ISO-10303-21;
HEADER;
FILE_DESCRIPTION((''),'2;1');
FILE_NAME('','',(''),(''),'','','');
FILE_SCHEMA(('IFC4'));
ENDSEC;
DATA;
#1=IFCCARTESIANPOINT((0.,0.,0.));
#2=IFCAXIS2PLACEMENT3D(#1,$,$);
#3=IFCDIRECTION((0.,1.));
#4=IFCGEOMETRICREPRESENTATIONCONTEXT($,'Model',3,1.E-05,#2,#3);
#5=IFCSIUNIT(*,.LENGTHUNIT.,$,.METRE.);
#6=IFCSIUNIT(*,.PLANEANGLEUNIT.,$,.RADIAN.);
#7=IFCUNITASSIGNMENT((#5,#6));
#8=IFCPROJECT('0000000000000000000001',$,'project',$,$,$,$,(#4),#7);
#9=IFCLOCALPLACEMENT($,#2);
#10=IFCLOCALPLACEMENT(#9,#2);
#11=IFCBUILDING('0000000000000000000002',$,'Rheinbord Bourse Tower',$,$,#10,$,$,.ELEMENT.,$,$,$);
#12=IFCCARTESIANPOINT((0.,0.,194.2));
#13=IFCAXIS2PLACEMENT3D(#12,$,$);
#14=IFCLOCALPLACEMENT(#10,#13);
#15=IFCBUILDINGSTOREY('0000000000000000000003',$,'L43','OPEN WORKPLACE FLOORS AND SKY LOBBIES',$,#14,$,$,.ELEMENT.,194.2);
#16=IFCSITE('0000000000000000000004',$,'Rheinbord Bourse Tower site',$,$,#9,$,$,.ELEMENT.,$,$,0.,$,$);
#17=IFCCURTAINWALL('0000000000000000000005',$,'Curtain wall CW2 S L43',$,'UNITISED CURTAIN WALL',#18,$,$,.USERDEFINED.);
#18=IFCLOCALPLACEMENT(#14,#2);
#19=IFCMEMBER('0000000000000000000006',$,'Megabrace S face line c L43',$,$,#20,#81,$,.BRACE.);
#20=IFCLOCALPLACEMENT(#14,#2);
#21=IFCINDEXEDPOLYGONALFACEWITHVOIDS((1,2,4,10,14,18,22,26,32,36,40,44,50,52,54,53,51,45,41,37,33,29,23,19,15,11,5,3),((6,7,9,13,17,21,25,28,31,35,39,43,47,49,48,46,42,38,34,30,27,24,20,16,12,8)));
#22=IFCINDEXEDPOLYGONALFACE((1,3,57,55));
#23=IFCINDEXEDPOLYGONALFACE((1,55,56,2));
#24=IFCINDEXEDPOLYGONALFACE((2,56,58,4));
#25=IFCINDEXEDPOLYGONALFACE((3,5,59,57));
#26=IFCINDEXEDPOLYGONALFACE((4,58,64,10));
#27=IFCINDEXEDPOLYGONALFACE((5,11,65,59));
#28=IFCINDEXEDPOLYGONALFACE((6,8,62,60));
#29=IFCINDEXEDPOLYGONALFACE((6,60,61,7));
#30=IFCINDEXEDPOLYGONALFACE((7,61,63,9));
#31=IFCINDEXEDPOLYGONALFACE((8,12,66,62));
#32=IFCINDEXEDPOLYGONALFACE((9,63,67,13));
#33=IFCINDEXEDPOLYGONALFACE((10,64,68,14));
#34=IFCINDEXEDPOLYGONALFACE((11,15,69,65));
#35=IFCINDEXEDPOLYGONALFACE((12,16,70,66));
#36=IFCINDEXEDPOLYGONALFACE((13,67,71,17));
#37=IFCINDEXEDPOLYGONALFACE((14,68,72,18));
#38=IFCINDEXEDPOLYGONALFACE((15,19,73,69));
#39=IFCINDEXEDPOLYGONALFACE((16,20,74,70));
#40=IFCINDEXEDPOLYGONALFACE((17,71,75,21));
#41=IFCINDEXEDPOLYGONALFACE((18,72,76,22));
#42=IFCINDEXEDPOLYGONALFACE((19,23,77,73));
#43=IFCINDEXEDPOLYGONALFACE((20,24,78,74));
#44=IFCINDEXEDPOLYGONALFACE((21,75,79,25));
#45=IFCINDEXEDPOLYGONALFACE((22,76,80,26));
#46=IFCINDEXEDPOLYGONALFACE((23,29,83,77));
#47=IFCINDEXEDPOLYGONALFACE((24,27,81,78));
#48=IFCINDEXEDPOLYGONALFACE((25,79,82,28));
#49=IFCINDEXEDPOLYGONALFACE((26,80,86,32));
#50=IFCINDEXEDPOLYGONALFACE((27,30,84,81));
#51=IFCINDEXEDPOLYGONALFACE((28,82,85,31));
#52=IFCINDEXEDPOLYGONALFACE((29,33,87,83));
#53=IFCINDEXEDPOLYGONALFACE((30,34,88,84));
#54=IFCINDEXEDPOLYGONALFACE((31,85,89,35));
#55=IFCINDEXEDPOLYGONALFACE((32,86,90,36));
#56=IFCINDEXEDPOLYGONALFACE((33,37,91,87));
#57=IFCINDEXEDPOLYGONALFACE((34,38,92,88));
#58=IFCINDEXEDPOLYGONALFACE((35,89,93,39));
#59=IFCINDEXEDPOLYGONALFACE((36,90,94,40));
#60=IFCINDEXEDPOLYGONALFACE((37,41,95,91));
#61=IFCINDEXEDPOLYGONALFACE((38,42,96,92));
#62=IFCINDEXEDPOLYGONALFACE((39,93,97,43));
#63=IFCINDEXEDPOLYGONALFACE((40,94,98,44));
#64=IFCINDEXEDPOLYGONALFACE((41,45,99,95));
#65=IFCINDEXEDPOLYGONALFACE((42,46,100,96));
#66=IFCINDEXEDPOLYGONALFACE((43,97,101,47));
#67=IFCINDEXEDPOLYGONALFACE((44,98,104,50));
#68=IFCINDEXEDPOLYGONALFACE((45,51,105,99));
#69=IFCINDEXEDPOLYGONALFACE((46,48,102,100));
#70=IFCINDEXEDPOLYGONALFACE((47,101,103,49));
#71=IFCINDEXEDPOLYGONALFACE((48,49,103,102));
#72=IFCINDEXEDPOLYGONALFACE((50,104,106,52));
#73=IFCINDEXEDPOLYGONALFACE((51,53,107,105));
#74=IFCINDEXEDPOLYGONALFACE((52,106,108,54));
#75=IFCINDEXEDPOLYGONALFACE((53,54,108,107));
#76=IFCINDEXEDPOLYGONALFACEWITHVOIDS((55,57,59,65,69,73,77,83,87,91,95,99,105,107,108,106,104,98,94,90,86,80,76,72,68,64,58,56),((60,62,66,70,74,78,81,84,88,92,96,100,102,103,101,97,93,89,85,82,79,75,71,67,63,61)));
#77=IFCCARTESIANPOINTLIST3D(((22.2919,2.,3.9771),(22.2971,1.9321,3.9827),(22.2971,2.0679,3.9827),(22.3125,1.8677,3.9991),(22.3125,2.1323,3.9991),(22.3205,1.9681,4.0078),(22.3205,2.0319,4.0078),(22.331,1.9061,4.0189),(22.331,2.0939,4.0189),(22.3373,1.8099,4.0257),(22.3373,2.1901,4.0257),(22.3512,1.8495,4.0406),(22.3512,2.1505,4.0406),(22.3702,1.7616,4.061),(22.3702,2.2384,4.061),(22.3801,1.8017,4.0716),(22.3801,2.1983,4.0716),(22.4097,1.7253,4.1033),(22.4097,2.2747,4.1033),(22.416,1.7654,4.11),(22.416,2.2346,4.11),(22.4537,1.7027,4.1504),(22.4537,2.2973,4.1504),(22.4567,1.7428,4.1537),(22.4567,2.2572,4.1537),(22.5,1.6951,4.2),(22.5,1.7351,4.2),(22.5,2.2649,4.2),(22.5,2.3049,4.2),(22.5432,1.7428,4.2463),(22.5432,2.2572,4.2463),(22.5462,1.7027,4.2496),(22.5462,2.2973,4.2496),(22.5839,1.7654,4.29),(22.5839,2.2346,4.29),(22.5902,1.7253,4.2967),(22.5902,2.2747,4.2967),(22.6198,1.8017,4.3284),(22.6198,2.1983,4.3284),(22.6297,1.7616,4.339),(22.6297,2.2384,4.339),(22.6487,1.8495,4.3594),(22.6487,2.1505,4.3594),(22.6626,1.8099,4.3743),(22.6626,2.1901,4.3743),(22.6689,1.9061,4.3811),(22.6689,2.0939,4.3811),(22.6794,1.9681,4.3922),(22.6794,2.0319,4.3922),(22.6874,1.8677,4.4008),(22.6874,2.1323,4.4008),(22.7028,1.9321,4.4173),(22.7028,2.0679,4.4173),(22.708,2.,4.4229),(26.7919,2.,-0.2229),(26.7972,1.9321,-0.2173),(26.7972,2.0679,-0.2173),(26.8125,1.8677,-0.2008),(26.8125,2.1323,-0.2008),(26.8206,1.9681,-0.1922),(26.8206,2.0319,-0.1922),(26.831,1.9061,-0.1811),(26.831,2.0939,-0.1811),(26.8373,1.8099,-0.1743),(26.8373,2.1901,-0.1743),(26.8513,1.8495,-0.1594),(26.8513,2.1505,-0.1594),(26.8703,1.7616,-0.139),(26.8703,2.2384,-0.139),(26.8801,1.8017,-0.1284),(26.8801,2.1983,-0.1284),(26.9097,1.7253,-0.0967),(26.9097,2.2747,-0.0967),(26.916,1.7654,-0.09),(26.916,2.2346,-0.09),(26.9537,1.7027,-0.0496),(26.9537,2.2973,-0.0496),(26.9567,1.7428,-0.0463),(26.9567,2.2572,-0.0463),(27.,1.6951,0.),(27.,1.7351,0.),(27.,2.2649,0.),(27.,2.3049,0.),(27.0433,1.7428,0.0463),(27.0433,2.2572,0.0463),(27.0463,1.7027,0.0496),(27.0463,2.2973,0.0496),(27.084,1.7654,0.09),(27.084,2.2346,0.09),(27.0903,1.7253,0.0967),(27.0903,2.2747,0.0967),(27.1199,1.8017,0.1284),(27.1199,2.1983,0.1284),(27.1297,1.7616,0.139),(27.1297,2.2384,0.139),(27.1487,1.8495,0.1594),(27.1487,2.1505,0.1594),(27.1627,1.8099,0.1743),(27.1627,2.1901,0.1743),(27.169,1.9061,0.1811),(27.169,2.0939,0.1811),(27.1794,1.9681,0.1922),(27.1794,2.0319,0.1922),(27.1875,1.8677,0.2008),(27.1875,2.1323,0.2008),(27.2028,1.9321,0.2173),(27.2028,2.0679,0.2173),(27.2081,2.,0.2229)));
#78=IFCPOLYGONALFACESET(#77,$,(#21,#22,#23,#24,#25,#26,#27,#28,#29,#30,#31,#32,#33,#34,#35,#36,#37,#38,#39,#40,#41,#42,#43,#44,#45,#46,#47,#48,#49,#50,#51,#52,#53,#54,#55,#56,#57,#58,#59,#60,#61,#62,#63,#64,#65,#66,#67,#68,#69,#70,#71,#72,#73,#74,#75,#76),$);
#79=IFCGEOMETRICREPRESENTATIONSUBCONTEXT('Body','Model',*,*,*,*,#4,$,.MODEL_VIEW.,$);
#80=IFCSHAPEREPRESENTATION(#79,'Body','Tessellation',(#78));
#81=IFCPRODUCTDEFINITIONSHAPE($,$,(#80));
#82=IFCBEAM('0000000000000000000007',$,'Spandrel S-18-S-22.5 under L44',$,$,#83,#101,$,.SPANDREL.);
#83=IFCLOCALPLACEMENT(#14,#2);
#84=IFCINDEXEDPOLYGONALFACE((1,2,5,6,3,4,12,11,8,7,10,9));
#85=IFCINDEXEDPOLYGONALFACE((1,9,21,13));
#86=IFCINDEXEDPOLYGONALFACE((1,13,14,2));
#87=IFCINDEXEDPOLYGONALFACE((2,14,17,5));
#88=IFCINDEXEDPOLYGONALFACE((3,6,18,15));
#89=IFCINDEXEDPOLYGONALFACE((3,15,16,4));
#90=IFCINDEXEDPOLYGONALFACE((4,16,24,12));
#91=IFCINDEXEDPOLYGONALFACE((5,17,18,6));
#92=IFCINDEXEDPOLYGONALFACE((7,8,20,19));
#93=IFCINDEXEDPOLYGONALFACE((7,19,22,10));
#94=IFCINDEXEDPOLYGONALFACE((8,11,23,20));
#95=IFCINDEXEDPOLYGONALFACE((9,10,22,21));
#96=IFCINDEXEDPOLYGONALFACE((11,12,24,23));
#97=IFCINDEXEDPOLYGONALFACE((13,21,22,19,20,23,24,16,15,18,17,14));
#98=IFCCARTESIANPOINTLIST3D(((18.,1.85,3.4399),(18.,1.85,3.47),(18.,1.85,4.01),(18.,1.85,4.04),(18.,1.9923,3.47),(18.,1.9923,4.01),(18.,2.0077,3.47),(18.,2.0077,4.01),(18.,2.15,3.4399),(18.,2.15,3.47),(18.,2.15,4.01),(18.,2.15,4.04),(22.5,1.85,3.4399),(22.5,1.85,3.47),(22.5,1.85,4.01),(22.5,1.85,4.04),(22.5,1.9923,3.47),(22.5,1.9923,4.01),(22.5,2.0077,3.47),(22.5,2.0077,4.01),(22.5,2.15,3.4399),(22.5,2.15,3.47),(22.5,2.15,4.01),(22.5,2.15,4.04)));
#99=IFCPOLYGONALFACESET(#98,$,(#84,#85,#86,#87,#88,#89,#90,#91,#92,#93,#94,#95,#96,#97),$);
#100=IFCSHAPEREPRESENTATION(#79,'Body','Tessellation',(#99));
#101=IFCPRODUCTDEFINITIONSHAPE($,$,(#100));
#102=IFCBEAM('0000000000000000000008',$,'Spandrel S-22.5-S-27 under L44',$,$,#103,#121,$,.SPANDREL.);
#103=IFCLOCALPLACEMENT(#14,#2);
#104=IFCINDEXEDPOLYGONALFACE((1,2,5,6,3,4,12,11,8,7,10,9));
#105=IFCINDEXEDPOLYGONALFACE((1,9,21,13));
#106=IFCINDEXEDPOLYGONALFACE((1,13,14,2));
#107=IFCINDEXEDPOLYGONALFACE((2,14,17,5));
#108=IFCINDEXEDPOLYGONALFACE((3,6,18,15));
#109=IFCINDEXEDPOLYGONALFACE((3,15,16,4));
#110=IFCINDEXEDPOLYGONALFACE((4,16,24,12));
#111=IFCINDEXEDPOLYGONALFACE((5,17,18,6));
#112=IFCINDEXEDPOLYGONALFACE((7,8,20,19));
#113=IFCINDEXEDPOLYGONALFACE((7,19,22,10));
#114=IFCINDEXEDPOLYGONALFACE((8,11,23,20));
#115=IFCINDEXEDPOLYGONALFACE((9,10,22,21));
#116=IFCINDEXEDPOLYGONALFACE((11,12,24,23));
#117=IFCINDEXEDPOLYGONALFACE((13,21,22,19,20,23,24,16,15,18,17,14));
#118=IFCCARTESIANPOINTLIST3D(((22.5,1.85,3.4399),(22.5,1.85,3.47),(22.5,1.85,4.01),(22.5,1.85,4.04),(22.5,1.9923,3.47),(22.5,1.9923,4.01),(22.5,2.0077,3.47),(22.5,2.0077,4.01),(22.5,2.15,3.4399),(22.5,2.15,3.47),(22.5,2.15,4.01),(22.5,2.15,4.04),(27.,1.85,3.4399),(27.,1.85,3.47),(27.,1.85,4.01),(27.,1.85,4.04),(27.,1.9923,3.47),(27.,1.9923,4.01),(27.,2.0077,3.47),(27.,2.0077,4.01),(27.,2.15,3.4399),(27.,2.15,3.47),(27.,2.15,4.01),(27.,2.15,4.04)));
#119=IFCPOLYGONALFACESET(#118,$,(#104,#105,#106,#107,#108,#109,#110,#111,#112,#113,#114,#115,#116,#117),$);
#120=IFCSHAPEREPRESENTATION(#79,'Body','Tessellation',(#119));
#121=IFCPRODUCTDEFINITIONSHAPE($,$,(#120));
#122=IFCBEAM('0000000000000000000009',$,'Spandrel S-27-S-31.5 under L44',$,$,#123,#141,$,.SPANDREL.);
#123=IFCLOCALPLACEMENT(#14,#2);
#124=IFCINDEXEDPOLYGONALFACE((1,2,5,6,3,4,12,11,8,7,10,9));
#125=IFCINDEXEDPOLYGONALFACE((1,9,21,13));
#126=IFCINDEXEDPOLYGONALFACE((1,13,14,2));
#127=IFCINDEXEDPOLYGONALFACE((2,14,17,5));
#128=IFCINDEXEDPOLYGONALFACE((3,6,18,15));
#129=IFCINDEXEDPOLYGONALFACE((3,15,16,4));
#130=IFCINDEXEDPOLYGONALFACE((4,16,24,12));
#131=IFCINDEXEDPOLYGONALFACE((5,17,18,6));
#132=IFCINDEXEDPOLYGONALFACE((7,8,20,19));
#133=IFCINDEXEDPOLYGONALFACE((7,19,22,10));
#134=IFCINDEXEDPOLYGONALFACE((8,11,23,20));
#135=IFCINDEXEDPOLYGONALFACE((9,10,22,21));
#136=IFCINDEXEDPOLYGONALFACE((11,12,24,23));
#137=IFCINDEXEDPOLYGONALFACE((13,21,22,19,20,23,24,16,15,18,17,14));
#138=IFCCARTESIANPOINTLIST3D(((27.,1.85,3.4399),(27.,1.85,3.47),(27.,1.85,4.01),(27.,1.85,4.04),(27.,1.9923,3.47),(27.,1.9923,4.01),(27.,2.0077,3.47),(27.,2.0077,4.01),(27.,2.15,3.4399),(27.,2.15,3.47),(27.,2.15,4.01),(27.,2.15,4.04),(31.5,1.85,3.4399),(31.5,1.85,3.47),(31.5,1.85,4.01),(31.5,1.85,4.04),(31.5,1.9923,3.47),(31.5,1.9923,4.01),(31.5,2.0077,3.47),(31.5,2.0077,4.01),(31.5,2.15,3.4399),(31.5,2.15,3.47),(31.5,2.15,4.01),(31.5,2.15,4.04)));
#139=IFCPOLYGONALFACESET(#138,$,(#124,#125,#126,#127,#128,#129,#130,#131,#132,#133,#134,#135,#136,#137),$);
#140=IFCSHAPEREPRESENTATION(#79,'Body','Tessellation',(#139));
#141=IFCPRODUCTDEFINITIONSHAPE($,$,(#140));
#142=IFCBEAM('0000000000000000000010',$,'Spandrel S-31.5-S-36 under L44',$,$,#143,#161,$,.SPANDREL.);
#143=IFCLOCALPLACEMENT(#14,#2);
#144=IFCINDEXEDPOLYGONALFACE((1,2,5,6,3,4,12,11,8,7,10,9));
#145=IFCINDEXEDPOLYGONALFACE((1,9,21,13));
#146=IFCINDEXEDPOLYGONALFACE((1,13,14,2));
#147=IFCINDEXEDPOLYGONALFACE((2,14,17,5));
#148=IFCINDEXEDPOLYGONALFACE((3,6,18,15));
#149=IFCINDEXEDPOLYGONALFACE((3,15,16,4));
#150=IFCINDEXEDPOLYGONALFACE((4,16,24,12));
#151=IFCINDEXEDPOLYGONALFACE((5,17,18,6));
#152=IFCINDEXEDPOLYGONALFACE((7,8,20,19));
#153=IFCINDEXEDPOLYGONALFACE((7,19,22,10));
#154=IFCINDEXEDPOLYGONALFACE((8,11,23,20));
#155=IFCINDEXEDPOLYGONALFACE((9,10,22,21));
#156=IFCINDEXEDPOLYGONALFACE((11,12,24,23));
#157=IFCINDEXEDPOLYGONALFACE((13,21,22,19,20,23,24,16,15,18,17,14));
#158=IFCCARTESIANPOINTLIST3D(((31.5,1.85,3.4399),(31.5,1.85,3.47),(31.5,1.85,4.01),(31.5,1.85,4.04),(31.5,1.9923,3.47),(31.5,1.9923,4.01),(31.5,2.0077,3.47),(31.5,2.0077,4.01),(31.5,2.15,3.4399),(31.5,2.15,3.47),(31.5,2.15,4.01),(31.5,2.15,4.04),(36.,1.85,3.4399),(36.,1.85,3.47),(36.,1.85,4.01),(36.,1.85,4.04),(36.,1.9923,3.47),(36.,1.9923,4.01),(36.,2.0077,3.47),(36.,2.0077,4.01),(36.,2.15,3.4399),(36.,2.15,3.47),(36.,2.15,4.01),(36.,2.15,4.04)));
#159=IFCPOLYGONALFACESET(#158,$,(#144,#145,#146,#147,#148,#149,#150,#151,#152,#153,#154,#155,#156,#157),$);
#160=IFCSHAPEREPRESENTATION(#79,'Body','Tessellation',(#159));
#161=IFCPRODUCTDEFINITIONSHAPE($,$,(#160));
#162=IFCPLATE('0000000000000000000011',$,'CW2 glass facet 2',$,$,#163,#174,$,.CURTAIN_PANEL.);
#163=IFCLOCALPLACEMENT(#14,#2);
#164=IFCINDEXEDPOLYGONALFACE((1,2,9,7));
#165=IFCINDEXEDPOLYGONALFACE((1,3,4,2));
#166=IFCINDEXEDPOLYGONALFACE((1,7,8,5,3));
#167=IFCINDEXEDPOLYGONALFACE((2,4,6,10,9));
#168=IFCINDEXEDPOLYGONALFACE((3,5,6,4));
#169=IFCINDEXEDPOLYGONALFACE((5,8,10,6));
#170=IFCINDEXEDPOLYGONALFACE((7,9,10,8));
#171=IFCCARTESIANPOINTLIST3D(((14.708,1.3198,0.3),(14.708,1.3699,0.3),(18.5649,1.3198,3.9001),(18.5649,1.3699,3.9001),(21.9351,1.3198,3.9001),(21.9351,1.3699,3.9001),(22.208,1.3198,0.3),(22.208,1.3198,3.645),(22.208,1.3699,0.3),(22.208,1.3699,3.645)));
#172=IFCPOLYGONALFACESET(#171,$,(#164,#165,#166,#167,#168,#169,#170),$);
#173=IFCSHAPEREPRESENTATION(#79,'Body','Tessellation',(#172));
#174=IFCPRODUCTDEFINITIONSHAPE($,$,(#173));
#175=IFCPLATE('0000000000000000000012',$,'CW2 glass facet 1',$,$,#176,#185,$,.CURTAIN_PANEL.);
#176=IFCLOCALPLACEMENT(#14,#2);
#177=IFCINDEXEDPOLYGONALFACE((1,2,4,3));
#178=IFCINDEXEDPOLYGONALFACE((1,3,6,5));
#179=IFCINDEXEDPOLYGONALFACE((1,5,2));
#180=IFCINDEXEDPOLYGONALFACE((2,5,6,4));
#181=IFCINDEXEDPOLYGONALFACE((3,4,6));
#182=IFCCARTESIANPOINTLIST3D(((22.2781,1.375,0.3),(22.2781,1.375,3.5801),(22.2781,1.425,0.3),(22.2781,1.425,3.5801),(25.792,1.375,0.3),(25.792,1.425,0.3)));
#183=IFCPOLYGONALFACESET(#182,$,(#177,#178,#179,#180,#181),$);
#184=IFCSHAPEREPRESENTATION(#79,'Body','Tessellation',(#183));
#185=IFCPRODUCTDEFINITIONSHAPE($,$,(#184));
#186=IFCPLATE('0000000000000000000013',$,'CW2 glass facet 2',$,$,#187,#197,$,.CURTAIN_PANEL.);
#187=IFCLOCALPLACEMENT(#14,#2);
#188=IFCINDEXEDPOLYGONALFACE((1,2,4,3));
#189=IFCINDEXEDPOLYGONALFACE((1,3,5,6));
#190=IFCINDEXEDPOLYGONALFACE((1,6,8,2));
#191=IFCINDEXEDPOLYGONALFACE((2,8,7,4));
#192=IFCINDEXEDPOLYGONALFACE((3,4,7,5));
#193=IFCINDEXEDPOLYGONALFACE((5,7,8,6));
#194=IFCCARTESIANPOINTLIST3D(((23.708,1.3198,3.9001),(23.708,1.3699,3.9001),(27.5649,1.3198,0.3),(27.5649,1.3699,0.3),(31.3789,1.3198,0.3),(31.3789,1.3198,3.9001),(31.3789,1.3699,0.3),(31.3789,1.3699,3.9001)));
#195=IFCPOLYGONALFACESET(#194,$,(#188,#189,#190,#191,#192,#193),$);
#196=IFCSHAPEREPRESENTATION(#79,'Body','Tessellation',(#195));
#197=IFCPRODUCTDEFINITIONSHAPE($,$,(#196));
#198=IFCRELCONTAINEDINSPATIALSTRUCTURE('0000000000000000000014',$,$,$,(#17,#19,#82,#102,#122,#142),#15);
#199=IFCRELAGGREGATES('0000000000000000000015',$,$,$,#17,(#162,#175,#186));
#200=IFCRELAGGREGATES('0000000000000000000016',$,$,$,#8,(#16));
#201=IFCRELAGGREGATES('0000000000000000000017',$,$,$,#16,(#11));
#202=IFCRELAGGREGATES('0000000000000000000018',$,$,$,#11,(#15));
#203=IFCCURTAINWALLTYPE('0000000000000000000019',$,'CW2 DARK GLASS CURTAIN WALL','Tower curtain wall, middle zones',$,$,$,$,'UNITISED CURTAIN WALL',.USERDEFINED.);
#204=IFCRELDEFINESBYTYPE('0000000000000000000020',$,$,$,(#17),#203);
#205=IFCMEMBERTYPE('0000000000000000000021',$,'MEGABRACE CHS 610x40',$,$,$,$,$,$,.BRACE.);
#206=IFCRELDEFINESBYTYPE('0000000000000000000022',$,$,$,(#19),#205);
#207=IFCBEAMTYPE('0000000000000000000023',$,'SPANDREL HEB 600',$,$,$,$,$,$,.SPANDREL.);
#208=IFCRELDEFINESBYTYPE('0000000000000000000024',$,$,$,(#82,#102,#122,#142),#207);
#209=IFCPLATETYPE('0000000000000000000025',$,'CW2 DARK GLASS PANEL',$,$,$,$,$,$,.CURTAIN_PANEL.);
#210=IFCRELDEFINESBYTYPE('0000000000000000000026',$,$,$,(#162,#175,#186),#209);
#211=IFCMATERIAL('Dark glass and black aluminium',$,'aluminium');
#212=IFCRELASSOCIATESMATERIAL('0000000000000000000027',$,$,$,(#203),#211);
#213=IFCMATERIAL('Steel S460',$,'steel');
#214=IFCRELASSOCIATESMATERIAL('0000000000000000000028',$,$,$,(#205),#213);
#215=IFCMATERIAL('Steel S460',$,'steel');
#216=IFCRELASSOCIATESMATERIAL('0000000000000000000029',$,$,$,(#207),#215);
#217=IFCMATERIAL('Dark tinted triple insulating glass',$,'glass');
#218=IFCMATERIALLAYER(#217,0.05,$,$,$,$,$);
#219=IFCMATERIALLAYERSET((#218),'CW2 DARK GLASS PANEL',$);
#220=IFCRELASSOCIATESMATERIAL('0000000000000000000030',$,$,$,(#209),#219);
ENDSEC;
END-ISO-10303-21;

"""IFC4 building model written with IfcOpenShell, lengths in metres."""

from ifc_helpers import new_model, si_unit, direction, frame, origin, origin_2d, place, context, subcontext, project, spatial, polyline, hollow_circle, i_section, outline, extrude, material, layer, layer_set, material_profile, profile_set, type_object, element, aggregate, save


model = new_model("IFC4")

# Units and contexts
model_context = context("Model", 3, precision=1e-05, world=origin(), true_north=direction((0.0, 1.0)))
body_context = subcontext(model_context, "Body", "Model", "MODEL_VIEW")
ifc_project = project(units=[si_unit("LENGTHUNIT", "METRE"), si_unit("PLANEANGLEUNIT", "RADIAN")], contexts=[model_context])

# Site, building, storey
site_placement = place(None, origin())
site = spatial("IfcSite", under=ifc_project, at=site_placement, Name="Rheinbord Bourse Tower site", CompositionType="ELEMENT", RefElevation=0.0)
building_placement = place(site_placement, origin())
building = spatial("IfcBuilding", under=site, at=building_placement, Name="Rheinbord Bourse Tower", CompositionType="ELEMENT")
storey_placement = place(building_placement, frame((0.0, 0.0, 194.2)))
storey = spatial("IfcBuildingStorey", under=building, at=storey_placement, Name="L43", Description="OPEN WORKPLACE FLOORS AND SKY LOBBIES", CompositionType="ELEMENT", Elevation=194.2)

# Curtain wall
ifc_material_1 = material(Name="Dark glass and black aluminium", Category="aluminium")
curtain_wall_type = type_object("IfcCurtainWallType", Name="CW2 DARK GLASS CURTAIN WALL", Description="Tower curtain wall, middle zones", ElementType="UNITISED CURTAIN WALL", PredefinedType="USERDEFINED", material=ifc_material_1)
curtain_wall_placement = place(storey_placement, origin())
curtain_wall = element("IfcCurtainWall", 1, at=curtain_wall_placement, inside=storey, type_object=curtain_wall_type, Name="Curtain wall CW2 S L43", ObjectType="UNITISED CURTAIN WALL", PredefinedType="USERDEFINED")

# Member
ifc_material_2 = material(Name="Steel S460", Category="steel")
ifc_material_profile_1 = material_profile(ifc_material_2, hollow_circle(Radius=0.3049, WallThickness=0.04, at=origin_2d()), Name="CHS 610x40")
ifc_profile_set_1 = profile_set([ifc_material_profile_1], Name="Steel S460")
member_type_1 = type_object("IfcMemberType", Name="MEGABRACE CHS 610x40", PredefinedType="BRACE", material=ifc_profile_set_1)
member_1_placement = place(storey_placement, frame((27.0, 2.0, 0.0), z_axis=(-0.731059, 0.0, 0.682314), x_axis=(0.0, -1.0, 0.0)))
element("IfcMember", 2, at=member_1_placement, inside=storey, type_object=member_type_1, Name="Megabrace S face line c L43", PredefinedType="BRACE", context=body_context, shape_type="SweptSolid", body=[
    extrude(hollow_circle(Radius=0.3049, WallThickness=0.04, at=origin_2d()), origin(), (0.0, 0.0, 1.0), 6.1555),
])

# Beams
ifc_material_3 = material(Name="Steel S460", Category="steel")
ifc_material_profile_2 = material_profile(ifc_material_3, i_section(OverallWidth=0.3, OverallDepth=0.6001, WebThickness=0.0154, FlangeThickness=0.03, at=origin_2d()), Name="HEB 600")
ifc_profile_set_2 = profile_set([ifc_material_profile_2], Name="Steel S460")
beam_type_1 = type_object("IfcBeamType", Name="SPANDREL HEB 600", PredefinedType="SPANDREL", material=ifc_profile_set_2)
for number, where, z_axis, x_axis, name in (
    (3, (18.0, 2.0, 3.74), (1.0, 0.0, 0.0), (0.0, 1.0, 0.0), "Spandrel S-18-S-22.5 under L44"),
    (4, (22.5, 2.0, 3.74), (1.0, 0.0, 0.0), (0.0, 1.0, 0.0), "Spandrel S-22.5-S-27 under L44"),
    (5, (27.0, 2.0, 3.74), (1.0, 0.0, 0.0), (0.0, 1.0, 0.0), "Spandrel S-27-S-31.5 under L44"),
    (6, (31.5, 2.0, 3.74), (1.0, 0.0, 0.0), (0.0, 1.0, 0.0), "Spandrel S-31.5-S-36 under L44"),
):
    element("IfcBeam", number, at=place(storey_placement, frame(where, z_axis=z_axis, x_axis=x_axis)), inside=storey, type_object=beam_type_1, Name=name, PredefinedType="SPANDREL", context=body_context, shape_type="SweptSolid", body=[
        extrude(i_section(OverallWidth=0.3, OverallDepth=0.6001, WebThickness=0.0154, FlangeThickness=0.03, at=origin_2d()), origin(), (0.0, 0.0, 1.0), 4.5),
    ])

# Plates
ifc_material_4 = material(Name="Dark tinted triple insulating glass", Category="glass")
ifc_layer_1 = layer(ifc_material_4, 0.05)
ifc_layer_set_1 = layer_set([ifc_layer_1], Name="CW2 DARK GLASS PANEL")
plate_type = type_object("IfcPlateType", Name="CW2 DARK GLASS PANEL", PredefinedType="CURTAIN_PANEL", material=ifc_layer_set_1)
plate_1_placement = place(storey_placement, frame((22.208, 1.3198, 0.3), z_axis=(0.0, 1.0, 0.0), x_axis=(-1.0, 0.0, 0.0)))
plate_1 = element("IfcPlate", 7, at=plate_1_placement, type_object=plate_type, Name="CW2 glass facet 2", PredefinedType="CURTAIN_PANEL", context=body_context, shape_type="SweptSolid", body=[
    extrude(outline(polyline([(0.0, 0.0), (7.5, 0.0), (3.6431, 3.6001), (0.2729, 3.6001), (0.0, 3.345), (0.0, 0.0)])), origin(), (0.0, 0.0, 1.0), 0.05),
])
plate_2_placement = place(storey_placement, frame((22.2781, 1.375, 0.3), z_axis=(0.0, 1.0, 0.0), x_axis=(0.0, 0.0, 1.0)))
plate_2 = element("IfcPlate", 8, at=plate_2_placement, type_object=plate_type, Name="CW2 glass facet 1", PredefinedType="CURTAIN_PANEL", context=body_context, shape_type="SweptSolid", body=[
    extrude(outline(polyline([(0.0, 0.0), (3.28, 0.0), (0.0, 3.5139), (0.0, 0.0)])), origin(), (0.0, 0.0, 1.0), 0.05),
])
plate_3_placement = place(storey_placement, frame((31.3789, 1.3198, 3.9001), z_axis=(0.0, 1.0, 0.0), x_axis=(0.0, 0.0, -1.0)))
plate_3 = element("IfcPlate", 9, at=plate_3_placement, type_object=plate_type, Name="CW2 glass facet 2", PredefinedType="CURTAIN_PANEL", context=body_context, shape_type="SweptSolid", body=[
    extrude(outline(polyline([(0.0, 0.0), (3.6001, 0.0), (3.6001, 3.814), (0.0, 7.6709), (0.0, 0.0)])), origin(), (0.0, 0.0, 1.0), 0.05),
])
aggregate(curtain_wall, [plate_1, plate_2, plate_3])

save(model, "model.ifc")
